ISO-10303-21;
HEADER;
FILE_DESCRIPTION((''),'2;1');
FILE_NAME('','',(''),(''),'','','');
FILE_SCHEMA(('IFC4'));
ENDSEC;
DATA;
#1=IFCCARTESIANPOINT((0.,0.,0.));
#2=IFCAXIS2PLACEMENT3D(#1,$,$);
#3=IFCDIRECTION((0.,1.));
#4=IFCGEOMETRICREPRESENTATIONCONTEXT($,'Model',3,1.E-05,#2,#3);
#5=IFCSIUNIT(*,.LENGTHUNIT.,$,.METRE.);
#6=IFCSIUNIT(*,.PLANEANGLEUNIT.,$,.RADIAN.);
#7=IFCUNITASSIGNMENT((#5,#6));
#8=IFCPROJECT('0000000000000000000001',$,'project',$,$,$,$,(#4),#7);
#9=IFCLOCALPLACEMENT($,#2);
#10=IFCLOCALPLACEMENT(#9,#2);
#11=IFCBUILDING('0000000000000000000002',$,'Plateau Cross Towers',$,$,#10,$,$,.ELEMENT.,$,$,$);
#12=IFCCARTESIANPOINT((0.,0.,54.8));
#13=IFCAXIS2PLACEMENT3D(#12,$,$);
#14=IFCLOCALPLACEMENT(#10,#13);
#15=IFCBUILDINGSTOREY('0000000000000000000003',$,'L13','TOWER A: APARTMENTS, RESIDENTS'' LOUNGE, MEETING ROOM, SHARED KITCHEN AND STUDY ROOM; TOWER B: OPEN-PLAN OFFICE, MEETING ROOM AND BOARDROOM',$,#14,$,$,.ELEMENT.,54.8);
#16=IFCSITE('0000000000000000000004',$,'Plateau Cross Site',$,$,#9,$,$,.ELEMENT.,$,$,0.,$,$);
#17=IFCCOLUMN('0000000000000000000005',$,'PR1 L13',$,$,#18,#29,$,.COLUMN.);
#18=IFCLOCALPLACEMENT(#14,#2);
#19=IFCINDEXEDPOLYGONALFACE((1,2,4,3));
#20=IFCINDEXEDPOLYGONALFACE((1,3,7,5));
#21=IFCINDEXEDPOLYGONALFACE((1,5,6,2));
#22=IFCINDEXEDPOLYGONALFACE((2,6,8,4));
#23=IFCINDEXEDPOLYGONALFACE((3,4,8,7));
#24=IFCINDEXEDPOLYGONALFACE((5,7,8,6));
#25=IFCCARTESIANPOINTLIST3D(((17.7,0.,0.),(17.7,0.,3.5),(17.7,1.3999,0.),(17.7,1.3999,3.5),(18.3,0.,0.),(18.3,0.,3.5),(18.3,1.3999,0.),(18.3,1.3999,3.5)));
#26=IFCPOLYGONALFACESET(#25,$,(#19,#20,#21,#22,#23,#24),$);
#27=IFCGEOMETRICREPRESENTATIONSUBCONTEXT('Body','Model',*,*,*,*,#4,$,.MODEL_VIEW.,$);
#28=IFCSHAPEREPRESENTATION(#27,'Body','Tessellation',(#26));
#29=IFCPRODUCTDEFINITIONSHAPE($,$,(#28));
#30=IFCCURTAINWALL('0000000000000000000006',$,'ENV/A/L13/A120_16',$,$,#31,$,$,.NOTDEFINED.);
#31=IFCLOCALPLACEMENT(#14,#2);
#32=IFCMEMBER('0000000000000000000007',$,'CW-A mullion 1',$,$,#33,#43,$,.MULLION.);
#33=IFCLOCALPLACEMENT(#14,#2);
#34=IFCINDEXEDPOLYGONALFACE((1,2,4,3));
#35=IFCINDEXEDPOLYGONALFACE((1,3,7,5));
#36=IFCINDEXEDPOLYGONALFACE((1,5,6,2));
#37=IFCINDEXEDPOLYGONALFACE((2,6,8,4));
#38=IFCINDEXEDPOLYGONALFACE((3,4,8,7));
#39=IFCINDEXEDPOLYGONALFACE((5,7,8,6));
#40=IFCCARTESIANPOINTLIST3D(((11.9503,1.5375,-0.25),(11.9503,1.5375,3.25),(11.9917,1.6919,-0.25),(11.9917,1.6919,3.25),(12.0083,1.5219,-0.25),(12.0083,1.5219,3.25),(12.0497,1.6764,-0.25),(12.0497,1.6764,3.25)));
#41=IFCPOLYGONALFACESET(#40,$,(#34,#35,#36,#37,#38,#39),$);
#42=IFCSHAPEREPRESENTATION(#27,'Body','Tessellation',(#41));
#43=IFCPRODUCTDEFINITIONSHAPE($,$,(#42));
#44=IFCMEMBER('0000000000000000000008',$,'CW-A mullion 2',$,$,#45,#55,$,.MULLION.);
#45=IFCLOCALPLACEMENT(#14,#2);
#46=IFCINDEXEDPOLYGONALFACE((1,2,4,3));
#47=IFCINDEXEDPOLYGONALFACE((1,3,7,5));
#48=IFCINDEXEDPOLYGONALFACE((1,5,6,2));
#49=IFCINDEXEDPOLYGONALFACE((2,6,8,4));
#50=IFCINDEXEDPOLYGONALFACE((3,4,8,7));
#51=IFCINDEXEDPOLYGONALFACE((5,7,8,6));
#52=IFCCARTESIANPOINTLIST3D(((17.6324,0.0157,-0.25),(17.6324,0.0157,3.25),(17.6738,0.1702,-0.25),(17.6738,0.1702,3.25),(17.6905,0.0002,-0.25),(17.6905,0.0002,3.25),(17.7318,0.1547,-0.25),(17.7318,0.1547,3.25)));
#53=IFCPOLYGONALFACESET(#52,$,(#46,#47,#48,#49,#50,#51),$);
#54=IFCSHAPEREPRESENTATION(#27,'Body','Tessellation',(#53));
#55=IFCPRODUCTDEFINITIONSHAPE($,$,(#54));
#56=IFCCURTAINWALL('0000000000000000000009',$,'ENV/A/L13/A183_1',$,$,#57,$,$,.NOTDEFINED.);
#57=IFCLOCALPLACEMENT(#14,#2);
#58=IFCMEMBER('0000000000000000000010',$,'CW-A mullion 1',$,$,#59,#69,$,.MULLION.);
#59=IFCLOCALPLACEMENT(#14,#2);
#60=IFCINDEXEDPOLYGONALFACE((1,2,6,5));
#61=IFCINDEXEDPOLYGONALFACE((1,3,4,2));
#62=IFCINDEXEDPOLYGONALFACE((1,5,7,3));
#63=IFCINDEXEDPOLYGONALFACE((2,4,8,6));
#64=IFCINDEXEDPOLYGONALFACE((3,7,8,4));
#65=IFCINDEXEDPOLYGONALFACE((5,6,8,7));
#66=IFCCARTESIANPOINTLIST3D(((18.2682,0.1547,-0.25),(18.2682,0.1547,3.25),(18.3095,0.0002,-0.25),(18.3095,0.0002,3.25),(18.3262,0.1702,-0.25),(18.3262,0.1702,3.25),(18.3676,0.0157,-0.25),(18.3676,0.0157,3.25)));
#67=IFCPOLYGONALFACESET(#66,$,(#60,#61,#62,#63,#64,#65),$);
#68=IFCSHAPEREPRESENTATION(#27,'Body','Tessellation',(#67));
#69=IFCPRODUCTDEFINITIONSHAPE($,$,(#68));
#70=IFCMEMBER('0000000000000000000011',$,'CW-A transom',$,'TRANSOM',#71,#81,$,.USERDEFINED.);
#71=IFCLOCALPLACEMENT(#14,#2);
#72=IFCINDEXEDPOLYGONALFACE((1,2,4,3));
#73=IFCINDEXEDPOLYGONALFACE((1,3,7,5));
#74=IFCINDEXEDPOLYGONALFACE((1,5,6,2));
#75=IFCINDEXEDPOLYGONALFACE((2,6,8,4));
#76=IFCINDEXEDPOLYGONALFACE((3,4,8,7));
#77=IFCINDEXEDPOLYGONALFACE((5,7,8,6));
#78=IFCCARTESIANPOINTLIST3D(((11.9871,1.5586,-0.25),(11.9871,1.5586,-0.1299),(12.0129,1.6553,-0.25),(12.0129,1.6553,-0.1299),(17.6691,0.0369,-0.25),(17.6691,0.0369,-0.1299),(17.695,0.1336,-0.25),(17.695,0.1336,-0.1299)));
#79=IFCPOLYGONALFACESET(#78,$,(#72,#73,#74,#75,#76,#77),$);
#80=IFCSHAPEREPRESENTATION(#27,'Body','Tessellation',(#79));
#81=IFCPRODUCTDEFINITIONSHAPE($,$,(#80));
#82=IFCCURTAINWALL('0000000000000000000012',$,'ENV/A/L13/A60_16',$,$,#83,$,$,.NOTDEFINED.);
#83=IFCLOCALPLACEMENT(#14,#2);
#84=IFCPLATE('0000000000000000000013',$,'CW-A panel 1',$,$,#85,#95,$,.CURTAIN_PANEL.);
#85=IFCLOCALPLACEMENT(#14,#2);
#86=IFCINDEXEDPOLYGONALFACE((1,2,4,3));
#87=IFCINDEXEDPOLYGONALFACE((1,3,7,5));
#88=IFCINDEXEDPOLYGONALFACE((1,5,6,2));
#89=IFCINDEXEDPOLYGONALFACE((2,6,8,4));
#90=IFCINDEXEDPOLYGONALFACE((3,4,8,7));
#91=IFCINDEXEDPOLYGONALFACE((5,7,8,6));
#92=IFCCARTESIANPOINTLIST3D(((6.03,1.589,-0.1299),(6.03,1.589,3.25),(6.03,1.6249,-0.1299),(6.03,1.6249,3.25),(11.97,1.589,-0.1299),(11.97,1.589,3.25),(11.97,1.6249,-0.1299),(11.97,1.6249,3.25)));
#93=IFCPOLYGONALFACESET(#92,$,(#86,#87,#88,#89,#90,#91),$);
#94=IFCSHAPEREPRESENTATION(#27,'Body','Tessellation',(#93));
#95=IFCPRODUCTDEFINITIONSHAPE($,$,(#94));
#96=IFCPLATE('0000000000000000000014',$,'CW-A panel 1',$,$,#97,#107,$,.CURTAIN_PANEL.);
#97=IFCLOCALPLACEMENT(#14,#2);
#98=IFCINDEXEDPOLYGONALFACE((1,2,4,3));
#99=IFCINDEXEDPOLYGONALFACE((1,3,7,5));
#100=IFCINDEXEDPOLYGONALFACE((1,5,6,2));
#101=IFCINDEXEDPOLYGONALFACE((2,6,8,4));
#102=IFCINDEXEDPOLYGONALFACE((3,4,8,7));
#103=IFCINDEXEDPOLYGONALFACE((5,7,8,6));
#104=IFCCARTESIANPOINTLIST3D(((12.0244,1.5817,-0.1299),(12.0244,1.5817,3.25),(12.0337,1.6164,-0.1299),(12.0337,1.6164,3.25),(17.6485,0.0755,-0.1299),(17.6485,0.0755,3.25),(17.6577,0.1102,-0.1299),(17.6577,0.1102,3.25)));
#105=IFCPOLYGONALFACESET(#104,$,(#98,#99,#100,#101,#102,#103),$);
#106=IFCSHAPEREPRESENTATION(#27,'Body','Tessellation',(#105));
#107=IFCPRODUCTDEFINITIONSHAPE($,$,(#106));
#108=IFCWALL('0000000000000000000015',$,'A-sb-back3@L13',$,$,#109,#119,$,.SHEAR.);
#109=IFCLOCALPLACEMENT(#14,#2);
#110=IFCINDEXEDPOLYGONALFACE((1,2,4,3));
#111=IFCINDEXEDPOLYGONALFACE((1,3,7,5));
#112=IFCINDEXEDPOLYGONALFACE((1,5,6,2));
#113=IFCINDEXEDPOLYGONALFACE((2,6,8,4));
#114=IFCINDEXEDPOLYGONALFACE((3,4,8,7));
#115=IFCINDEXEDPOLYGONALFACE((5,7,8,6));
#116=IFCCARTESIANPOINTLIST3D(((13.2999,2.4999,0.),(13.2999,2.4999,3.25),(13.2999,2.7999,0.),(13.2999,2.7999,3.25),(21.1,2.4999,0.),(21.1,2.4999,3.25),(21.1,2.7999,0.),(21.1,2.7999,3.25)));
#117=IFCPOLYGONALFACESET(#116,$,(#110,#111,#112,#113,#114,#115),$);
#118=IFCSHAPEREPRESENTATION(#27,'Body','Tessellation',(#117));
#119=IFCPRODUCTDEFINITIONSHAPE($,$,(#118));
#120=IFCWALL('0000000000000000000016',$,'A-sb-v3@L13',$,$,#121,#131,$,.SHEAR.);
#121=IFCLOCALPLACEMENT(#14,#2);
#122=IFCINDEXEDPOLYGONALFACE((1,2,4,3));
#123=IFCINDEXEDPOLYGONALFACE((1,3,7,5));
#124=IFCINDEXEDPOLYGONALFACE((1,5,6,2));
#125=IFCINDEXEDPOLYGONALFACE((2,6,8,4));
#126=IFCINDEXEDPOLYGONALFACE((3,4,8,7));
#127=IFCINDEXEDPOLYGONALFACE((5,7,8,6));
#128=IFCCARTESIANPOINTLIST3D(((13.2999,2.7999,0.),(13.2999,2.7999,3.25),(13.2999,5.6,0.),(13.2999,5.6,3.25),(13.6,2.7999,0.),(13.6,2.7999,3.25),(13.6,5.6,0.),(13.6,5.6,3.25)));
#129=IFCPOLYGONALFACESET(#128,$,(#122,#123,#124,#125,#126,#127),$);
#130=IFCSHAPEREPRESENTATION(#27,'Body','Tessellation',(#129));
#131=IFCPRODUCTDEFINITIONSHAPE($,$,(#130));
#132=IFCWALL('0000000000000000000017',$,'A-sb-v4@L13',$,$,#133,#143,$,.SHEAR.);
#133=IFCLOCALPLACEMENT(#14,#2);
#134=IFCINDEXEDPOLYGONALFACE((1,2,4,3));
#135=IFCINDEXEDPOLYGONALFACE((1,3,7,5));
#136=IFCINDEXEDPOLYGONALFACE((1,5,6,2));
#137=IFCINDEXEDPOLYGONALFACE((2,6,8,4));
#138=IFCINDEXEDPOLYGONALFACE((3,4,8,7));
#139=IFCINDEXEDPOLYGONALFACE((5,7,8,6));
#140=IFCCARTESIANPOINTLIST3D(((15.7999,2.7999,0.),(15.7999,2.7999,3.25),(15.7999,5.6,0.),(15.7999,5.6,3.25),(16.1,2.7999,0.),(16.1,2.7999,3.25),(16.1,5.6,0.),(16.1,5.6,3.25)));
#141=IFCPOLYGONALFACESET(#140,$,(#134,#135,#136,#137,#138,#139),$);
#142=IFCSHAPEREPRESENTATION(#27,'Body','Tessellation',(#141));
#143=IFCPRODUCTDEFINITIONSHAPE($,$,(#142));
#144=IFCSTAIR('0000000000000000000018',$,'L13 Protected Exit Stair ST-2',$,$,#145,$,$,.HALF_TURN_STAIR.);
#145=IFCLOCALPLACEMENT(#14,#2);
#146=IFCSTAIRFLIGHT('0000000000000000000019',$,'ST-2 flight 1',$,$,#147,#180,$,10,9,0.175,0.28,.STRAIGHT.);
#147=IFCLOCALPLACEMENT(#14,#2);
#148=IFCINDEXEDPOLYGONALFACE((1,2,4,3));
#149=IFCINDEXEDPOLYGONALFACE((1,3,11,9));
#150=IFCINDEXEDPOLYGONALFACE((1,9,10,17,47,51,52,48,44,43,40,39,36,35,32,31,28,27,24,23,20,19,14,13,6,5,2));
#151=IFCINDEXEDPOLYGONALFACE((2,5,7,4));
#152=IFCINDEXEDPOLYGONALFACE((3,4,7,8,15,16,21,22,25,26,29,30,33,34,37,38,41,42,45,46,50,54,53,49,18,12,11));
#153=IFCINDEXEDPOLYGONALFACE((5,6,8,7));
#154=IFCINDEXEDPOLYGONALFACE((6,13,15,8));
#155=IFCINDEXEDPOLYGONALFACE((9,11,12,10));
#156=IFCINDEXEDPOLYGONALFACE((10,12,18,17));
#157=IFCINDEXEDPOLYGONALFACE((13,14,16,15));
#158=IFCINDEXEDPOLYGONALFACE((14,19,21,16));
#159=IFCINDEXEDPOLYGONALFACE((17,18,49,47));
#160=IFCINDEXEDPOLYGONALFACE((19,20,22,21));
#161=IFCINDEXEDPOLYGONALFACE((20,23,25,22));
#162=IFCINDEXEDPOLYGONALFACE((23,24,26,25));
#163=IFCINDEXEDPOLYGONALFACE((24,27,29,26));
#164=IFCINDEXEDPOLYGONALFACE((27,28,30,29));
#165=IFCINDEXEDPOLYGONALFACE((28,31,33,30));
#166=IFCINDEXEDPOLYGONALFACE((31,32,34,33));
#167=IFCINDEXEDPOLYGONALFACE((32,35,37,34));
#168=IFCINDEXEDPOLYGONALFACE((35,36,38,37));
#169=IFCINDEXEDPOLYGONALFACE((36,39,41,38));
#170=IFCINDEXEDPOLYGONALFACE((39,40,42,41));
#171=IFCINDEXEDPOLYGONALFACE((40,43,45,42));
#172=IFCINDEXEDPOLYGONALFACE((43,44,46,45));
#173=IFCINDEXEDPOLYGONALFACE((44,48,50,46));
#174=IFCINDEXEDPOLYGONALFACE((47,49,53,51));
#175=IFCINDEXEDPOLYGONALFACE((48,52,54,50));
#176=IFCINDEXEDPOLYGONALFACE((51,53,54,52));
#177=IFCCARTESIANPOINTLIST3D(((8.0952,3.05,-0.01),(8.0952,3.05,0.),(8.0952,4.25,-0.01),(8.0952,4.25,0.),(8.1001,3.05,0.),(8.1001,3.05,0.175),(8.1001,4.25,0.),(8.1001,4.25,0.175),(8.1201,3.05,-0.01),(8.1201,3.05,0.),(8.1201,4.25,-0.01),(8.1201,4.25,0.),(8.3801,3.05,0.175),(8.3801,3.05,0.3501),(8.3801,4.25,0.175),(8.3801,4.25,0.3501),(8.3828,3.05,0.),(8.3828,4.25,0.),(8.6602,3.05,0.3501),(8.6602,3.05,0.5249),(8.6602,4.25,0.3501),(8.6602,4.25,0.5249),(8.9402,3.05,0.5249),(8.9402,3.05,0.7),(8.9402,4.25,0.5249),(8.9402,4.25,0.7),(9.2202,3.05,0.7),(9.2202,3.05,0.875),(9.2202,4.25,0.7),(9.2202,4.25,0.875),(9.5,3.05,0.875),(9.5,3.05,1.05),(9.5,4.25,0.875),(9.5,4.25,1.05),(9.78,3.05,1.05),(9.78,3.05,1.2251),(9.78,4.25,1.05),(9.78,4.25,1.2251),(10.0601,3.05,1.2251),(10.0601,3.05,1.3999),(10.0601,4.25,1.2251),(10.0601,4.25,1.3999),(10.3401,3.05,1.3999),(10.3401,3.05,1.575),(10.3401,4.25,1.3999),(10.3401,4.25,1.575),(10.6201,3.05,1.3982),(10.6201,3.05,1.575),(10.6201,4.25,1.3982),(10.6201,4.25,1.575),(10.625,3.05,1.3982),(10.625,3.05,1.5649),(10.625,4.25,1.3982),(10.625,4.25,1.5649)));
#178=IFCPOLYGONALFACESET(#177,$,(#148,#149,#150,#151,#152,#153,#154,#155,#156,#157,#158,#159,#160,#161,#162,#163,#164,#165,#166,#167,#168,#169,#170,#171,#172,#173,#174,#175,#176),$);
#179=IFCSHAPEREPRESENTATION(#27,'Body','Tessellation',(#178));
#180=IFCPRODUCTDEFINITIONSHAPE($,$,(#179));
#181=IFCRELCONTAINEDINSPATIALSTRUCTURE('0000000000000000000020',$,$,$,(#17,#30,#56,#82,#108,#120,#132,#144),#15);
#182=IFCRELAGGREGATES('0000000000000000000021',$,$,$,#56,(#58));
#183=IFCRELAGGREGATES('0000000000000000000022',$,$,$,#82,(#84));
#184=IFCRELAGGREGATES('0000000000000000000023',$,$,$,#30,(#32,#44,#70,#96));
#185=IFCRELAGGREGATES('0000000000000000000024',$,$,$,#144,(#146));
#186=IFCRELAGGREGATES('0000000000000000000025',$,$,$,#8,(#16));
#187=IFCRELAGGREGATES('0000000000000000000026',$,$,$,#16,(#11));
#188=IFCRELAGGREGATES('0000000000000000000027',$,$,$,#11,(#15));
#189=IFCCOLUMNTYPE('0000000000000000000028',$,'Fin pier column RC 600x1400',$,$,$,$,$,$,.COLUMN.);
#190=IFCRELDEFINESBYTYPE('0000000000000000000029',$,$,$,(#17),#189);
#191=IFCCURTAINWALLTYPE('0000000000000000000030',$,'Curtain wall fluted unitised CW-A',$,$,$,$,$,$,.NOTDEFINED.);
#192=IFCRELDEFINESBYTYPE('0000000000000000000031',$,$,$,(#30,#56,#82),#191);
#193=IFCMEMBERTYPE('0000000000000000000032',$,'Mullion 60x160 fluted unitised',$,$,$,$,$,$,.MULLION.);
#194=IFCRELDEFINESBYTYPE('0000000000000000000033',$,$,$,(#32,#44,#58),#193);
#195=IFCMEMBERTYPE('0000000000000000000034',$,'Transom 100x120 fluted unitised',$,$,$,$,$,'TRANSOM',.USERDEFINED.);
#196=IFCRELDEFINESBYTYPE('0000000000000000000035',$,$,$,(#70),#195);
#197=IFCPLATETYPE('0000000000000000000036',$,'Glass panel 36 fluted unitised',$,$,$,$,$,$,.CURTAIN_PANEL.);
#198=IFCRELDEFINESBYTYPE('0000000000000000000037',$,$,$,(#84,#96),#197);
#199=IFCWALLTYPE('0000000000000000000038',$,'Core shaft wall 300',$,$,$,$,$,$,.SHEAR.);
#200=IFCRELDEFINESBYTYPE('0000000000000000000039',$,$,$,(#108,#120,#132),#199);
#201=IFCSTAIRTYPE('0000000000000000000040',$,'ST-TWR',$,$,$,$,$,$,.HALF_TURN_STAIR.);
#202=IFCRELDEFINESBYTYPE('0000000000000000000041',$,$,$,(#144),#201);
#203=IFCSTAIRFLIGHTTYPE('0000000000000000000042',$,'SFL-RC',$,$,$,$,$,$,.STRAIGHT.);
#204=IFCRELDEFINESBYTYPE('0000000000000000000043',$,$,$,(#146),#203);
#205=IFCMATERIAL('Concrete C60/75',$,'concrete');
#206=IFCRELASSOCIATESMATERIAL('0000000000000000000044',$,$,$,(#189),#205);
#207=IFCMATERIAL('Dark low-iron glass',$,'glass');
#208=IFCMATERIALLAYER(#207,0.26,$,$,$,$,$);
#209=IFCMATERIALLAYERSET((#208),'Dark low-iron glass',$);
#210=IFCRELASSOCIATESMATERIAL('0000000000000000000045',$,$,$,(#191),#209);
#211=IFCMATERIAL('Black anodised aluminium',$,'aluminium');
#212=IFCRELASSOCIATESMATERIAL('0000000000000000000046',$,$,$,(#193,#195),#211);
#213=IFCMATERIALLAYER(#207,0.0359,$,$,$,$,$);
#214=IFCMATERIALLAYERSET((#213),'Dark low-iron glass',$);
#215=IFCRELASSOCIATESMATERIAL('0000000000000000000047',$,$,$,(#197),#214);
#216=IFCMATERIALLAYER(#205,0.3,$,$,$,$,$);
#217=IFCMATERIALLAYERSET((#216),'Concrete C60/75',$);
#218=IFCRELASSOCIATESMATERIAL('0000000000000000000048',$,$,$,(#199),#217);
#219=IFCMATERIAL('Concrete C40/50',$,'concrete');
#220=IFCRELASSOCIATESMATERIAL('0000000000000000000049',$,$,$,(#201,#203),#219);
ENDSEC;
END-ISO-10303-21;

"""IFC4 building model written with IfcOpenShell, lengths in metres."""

from ifc_helpers import new_model, si_unit, direction, frame, frame_2d, origin, origin_2d, place, context, subcontext, project, spatial, polyline, rectangle, outline, extrude, material, layer, layer_set, material_profile, profile_set, type_object, element, aggregate, save


model = new_model("IFC4")

# Units and contexts
model_context = context("Model", 3, precision=1e-05, world=origin(), true_north=direction((0.0, 1.0)))
body_context = subcontext(model_context, "Body", "Model", "MODEL_VIEW")
ifc_project = project(units=[si_unit("LENGTHUNIT", "METRE"), si_unit("PLANEANGLEUNIT", "RADIAN")], contexts=[model_context])

# Site, building, storey
site_placement = place(None, origin())
site = spatial("IfcSite", under=ifc_project, at=site_placement, Name="Plateau Cross Site", CompositionType="ELEMENT", RefElevation=0.0)
building_placement = place(site_placement, origin())
building = spatial("IfcBuilding", under=site, at=building_placement, Name="Plateau Cross Towers", CompositionType="ELEMENT")
storey_placement = place(building_placement, frame((0.0, 0.0, 54.8)))
storey = spatial("IfcBuildingStorey", under=building, at=storey_placement, Name="L13", Description="TOWER A: APARTMENTS, RESIDENTS' LOUNGE, MEETING ROOM, SHARED KITCHEN AND STUDY ROOM; TOWER B: OPEN-PLAN OFFICE, MEETING ROOM AND BOARDROOM", CompositionType="ELEMENT", Elevation=54.8)

# Column
ifc_material_1 = material(Name="Concrete C60/75", Category="concrete")
ifc_material_profile_1 = material_profile(ifc_material_1, rectangle(XDim=0.6001, YDim=1.3999, at=origin_2d()), Name="RC 600x1400")
ifc_profile_set_1 = profile_set([ifc_material_profile_1], Name="Concrete C60/75")
column_type = type_object("IfcColumnType", Name="Fin pier column RC 600x1400", PredefinedType="COLUMN", material=ifc_profile_set_1)
column_placement = place(storey_placement, frame((18.0, 0.7, 0.0), z_axis=(0.0, 0.0, 1.0), x_axis=(1.0, 0.0, 0.0)))
element("IfcColumn", 1, at=column_placement, inside=storey, type_object=column_type, Name="PR1 L13", PredefinedType="COLUMN", context=body_context, shape_type="SweptSolid", body=[
    extrude(rectangle(XDim=0.6001, YDim=1.3999, at=origin_2d()), origin(), (0.0, 0.0, 1.0), 3.5),
])

# Curtain wall, members
ifc_material_2 = material(Name="Dark low-iron glass", Category="glass")
ifc_layer_1 = layer(ifc_material_2, 0.26)
ifc_layer_set_1 = layer_set([ifc_layer_1], Name="Dark low-iron glass")
curtain_wall_type = type_object("IfcCurtainWallType", Name="Curtain wall fluted unitised CW-A", PredefinedType="NOTDEFINED", material=ifc_layer_set_1)
curtain_wall_1_placement = place(storey_placement, origin())
curtain_wall_1 = element("IfcCurtainWall", 2, at=curtain_wall_1_placement, inside=storey, type_object=curtain_wall_type, Name="ENV/A/L13/A120_16", PredefinedType="NOTDEFINED")
ifc_material_3 = material(Name="Black anodised aluminium", Category="aluminium")
ifc_material_profile_2 = material_profile(ifc_material_3, rectangle(XDim=0.0601, YDim=0.1599, at=origin_2d()), Name="MULLION 60x160")
ifc_profile_set_2 = profile_set([ifc_material_profile_2], Name="Black anodised aluminium")
member_type_1 = type_object("IfcMemberType", Name="Mullion 60x160 fluted unitised", PredefinedType="MULLION", material=ifc_profile_set_2)
member_1_placement = place(storey_placement, frame((12.0, 1.6069, -0.25), z_axis=(0.0, 0.0, 1.0), x_axis=(0.965958, -0.258699, 0.0)))
member_1 = element("IfcMember", 3, at=member_1_placement, type_object=member_type_1, Name="CW-A mullion 1", PredefinedType="MULLION", context=body_context, shape_type="SweptSolid", body=[
    extrude(rectangle(XDim=0.0601, YDim=0.1599, at=origin_2d()), origin(), (0.0, 0.0, 1.0), 3.5),
])
member_2_placement = place(storey_placement, frame((17.6821, 0.0852, -0.25), z_axis=(0.0, 0.0, 1.0), x_axis=(0.965958, -0.258699, 0.0)))
member_2 = element("IfcMember", 4, at=member_2_placement, type_object=member_type_1, Name="CW-A mullion 2", PredefinedType="MULLION", context=body_context, shape_type="SweptSolid", body=[
    extrude(rectangle(XDim=0.0601, YDim=0.1599, at=origin_2d()), origin(), (0.0, 0.0, 1.0), 3.5),
])

# Curtain wall, member
curtain_wall_2_placement = place(storey_placement, origin())
curtain_wall_2 = element("IfcCurtainWall", 5, at=curtain_wall_2_placement, inside=storey, type_object=curtain_wall_type, Name="ENV/A/L13/A183_1", PredefinedType="NOTDEFINED")
member_3_placement = place(storey_placement, frame((18.3179, 0.0852, -0.25), z_axis=(0.0, 0.0, 1.0), x_axis=(0.965958, 0.258699, 0.0)))
member_3 = element("IfcMember", 6, at=member_3_placement, type_object=member_type_1, Name="CW-A mullion 1", PredefinedType="MULLION", context=body_context, shape_type="SweptSolid", body=[
    extrude(rectangle(XDim=0.0601, YDim=0.1599, at=origin_2d()), origin(), (0.0, 0.0, 1.0), 3.5),
])
aggregate(curtain_wall_2, [member_3])

# Member
ifc_material_profile_3 = material_profile(ifc_material_3, rectangle(XDim=0.1001, YDim=0.1201, at=origin_2d()), Name="TRANSOM 100x120")
ifc_profile_set_3 = profile_set([ifc_material_profile_3], Name="Black anodised aluminium")
member_type_2 = type_object("IfcMemberType", Name="Transom 100x120 fluted unitised", ElementType="TRANSOM", PredefinedType="USERDEFINED", material=ifc_profile_set_3)
member_4_placement = place(storey_placement, frame((12.0, 1.6069, -0.1899), z_axis=(0.96596, -0.258693, 0.0), x_axis=(0.258693, 0.96596, 0.0)))
member_4 = element("IfcMember", 7, at=member_4_placement, type_object=member_type_2, Name="CW-A transom", ObjectType="TRANSOM", PredefinedType="USERDEFINED", context=body_context, shape_type="SweptSolid", body=[
    extrude(rectangle(XDim=0.1001, YDim=0.1201, at=origin_2d()), origin(), (0.0, 0.0, 1.0), 5.8823),
])

# Curtain wall, plate
curtain_wall_3_placement = place(storey_placement, origin())
curtain_wall_3 = element("IfcCurtainWall", 8, at=curtain_wall_3_placement, inside=storey, type_object=curtain_wall_type, Name="ENV/A/L13/A60_16", PredefinedType="NOTDEFINED")
ifc_layer_2 = layer(ifc_material_2, 0.0359)
ifc_layer_set_2 = layer_set([ifc_layer_2], Name="Dark low-iron glass")
plate_type = type_object("IfcPlateType", Name="Glass panel 36 fluted unitised", PredefinedType="CURTAIN_PANEL", material=ifc_layer_set_2)
plate_1_placement = place(storey_placement, frame((9.0, 1.6069, -0.1299), z_axis=(0.0, 0.0, 1.0), x_axis=(1.0, 0.0, 0.0)))
plate_1 = element("IfcPlate", 9, at=plate_1_placement, type_object=plate_type, Name="CW-A panel 1", PredefinedType="CURTAIN_PANEL", context=body_context, shape_type="SweptSolid", body=[
    extrude(rectangle(XDim=5.9399, YDim=0.0359, at=origin_2d()), origin(), (0.0, 0.0, 1.0), 3.3799),
])
aggregate(curtain_wall_3, [plate_1])

# Plate
plate_2_placement = place(storey_placement, frame((14.8411, 0.8459, -0.1299), z_axis=(0.0, 0.0, 1.0), x_axis=(0.965958, -0.258699, 0.0)))
plate_2 = element("IfcPlate", 10, at=plate_2_placement, type_object=plate_type, Name="CW-A panel 1", PredefinedType="CURTAIN_PANEL", context=body_context, shape_type="SweptSolid", body=[
    extrude(rectangle(XDim=5.8223, YDim=0.0359, at=origin_2d()), origin(), (0.0, 0.0, 1.0), 3.3799),
])
aggregate(curtain_wall_1, [member_1, member_2, member_4, plate_2])

# Walls
ifc_layer_3 = layer(ifc_material_1, 0.3)
ifc_layer_set_3 = layer_set([ifc_layer_3], Name="Concrete C60/75")
wall_type = type_object("IfcWallType", Name="Core shaft wall 300", PredefinedType="SHEAR", material=ifc_layer_set_3)
wall_placement = place(storey_placement, frame((13.3, 2.6499, 0.0), z_axis=(0.0, 0.0, 1.0), x_axis=(1.0, 0.0, 0.0)))
element("IfcWall", 11, at=wall_placement, inside=storey, type_object=wall_type, Name="A-sb-back3@L13", PredefinedType="SHEAR", context=body_context, shape_type="SweptSolid", body=[
    extrude(rectangle(XDim=7.8, YDim=0.3, at=frame_2d((3.8999, 0.0))), origin(), (0.0, 0.0, 1.0), 3.25),
])
for number, where, z_axis, x_axis, name in (
    (12, (13.45, 2.8, 0.0), (0.0, 0.0, 1.0), (0.0, 1.0, 0.0), "A-sb-v3@L13"),
    (13, (15.95, 2.8, 0.0), (0.0, 0.0, 1.0), (0.0, 1.0, 0.0), "A-sb-v4@L13"),
):
    element("IfcWall", number, at=place(storey_placement, frame(where, z_axis=z_axis, x_axis=x_axis)), inside=storey, type_object=wall_type, Name=name, PredefinedType="SHEAR", context=body_context, shape_type="SweptSolid", body=[
        extrude(rectangle(XDim=2.8, YDim=0.3, at=frame_2d((1.3999, 0.0))), origin(), (0.0, 0.0, 1.0), 3.25),
    ])

# Stair, stair flight
ifc_material_4 = material(Name="Concrete C40/50", Category="concrete")
stair_type = type_object("IfcStairType", Name="ST-TWR", PredefinedType="HALF_TURN_STAIR", material=ifc_material_4)
stair_placement = place(storey_placement, origin())
stair = element("IfcStair", 14, at=stair_placement, inside=storey, type_object=stair_type, Name="L13 Protected Exit Stair ST-2", PredefinedType="HALF_TURN_STAIR")
stair_flight_type = type_object("IfcStairFlightType", Name="SFL-RC", PredefinedType="STRAIGHT", material=ifc_material_4)
stair_flight_placement = place(storey_placement, frame((8.1001, 3.6499, 0.0), z_axis=(0.0, 0.0, 1.0), x_axis=(1.0, 0.0, 0.0)))
stair_flight = element("IfcStairFlight", 15, at=stair_flight_placement, type_object=stair_flight_type, Name="ST-2 flight 1", NumberOfRisers=10, NumberOfTreads=9, PredefinedType="STRAIGHT", RiserHeight=0.175, TreadLength=0.28, context=body_context, shape_type="SweptSolid", body=[
    extrude(outline(polyline([(-0.0049, -0.01), (-0.0049, 0.0), (0.0, 0.0), (0.0, 0.175), (0.28, 0.175), (0.28, 0.3501), (0.5601, 0.3501), (0.5601, 0.5249), (0.8401, 0.5249), (0.8401, 0.7), (1.1201, 0.7), (1.1201, 0.875), (1.3999, 0.875), (1.3999, 1.05), (1.6799, 1.05), (1.6799, 1.2251), (1.96, 1.2251), (1.96, 1.3999), (2.24, 1.3999), (2.24, 1.575), (2.52, 1.575), (2.5249, 1.5649), (2.5249, 1.3982), (2.52, 1.3982), (0.2827, 0.0), (0.02, 0.0), (0.02, -0.01), (-0.0049, -0.01)])), frame((0.0, 0.6001, 0.0), z_axis=(0.0, -1.0, 0.0), x_axis=(1.0, 0.0, 0.0)), (0.0, 0.0, 1.0), 1.2),
])
aggregate(stair, [stair_flight])

save(model, "model.ifc")
